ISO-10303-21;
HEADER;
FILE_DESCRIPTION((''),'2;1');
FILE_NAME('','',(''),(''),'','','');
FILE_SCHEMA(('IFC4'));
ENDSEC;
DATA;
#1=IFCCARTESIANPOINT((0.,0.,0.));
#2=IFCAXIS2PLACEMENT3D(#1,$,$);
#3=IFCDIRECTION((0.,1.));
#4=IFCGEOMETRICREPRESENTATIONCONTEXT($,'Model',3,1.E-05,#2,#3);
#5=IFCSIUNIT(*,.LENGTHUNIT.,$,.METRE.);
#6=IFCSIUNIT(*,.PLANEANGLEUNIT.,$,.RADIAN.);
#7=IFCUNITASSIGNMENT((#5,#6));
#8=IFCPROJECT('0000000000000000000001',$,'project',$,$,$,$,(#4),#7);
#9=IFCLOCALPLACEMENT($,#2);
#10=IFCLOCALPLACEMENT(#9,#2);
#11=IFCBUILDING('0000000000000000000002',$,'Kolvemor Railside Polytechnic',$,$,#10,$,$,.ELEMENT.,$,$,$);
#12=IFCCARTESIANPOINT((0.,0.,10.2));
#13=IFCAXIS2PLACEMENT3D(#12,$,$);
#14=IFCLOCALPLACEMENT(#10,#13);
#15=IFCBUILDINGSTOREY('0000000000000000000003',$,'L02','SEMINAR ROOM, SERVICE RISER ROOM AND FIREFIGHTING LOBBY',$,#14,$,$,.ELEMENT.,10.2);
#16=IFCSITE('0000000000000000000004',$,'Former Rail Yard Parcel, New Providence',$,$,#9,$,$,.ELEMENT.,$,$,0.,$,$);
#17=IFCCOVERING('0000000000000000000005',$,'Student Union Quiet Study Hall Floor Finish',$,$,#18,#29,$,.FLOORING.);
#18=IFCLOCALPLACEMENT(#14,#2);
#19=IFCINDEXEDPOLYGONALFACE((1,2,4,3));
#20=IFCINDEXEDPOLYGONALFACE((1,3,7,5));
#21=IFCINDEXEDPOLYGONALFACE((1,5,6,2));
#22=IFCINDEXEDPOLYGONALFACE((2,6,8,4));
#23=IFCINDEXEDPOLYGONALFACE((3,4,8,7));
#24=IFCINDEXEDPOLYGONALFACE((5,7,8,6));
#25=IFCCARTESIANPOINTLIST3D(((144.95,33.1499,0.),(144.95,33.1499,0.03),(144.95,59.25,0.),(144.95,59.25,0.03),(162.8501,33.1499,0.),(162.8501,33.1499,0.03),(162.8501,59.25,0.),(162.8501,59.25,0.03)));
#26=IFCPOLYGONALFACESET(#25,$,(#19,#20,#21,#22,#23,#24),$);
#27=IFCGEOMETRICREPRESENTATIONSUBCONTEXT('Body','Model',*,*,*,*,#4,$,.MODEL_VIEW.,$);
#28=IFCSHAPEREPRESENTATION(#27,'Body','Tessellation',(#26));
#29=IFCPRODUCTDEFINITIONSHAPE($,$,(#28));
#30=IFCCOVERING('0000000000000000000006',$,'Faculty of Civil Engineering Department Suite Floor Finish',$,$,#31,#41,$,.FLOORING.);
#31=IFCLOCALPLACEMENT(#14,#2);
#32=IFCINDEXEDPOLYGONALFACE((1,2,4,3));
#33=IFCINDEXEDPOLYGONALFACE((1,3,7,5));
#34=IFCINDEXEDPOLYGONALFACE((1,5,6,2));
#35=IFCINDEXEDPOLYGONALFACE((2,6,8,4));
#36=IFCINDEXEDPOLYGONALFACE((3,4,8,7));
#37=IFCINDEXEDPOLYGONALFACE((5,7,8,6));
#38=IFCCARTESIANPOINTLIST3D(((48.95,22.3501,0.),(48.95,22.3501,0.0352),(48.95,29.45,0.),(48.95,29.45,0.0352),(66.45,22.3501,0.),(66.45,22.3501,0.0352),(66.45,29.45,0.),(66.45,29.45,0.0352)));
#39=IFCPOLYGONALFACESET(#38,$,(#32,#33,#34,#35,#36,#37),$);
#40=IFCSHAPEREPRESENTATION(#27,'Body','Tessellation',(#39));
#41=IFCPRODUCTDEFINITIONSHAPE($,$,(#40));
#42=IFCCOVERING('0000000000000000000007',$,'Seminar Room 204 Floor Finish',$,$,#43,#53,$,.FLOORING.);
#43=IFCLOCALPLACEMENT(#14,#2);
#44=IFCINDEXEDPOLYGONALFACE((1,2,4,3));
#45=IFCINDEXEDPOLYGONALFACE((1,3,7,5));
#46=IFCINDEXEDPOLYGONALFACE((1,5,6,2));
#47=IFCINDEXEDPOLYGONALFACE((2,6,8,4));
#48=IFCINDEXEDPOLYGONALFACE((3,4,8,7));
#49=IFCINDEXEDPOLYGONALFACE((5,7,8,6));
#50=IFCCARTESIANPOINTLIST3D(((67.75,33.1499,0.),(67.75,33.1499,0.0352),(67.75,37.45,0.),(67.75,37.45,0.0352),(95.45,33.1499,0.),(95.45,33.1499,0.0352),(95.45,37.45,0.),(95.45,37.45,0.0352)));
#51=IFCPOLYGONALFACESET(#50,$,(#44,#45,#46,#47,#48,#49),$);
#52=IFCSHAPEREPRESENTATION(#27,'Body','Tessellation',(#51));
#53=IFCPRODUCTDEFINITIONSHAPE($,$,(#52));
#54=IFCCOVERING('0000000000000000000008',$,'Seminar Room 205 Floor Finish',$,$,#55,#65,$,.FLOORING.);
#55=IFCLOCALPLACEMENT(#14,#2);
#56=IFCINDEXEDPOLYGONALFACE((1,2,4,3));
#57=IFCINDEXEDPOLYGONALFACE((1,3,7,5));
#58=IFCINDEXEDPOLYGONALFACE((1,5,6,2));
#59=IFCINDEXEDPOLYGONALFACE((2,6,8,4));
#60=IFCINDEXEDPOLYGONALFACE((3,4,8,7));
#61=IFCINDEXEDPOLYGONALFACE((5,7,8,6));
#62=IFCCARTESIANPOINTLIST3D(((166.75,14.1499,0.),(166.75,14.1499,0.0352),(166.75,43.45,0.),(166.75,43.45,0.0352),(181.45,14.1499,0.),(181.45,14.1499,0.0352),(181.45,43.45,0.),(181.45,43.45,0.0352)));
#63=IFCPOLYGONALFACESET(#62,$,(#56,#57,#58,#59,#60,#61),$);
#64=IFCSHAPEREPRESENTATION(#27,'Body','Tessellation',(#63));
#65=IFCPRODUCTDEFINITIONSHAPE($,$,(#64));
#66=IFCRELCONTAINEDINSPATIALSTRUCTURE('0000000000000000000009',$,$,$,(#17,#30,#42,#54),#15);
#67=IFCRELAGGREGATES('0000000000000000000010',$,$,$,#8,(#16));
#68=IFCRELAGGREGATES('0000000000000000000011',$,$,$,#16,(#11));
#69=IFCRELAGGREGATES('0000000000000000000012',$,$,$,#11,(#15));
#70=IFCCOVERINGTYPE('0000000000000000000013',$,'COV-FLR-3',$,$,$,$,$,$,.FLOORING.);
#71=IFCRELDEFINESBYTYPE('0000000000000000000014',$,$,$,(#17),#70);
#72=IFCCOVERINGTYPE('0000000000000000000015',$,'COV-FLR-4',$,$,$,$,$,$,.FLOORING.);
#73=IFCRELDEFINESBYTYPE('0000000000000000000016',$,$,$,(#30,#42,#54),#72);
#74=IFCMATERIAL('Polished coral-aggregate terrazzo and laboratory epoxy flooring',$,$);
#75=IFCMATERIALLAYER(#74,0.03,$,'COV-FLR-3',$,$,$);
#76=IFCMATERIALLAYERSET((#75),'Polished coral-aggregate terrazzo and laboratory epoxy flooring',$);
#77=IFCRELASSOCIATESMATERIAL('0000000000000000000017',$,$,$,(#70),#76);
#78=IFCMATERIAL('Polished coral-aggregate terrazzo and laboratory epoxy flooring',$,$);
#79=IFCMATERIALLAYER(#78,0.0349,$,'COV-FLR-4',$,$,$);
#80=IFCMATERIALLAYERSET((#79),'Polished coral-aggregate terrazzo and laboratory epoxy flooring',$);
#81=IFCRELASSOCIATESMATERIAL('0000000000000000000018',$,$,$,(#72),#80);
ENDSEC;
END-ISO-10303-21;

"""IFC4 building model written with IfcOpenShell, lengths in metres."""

from ifc_helpers import new_model, si_unit, direction, frame, origin, place, context, subcontext, project, spatial, polyline, outline, extrude, material, layer, layer_set, type_object, element, save


model = new_model("IFC4")

# Units and contexts
model_context = context("Model", 3, precision=1e-05, world=origin(), true_north=direction((0.0, 1.0)))
body_context = subcontext(model_context, "Body", "Model", "MODEL_VIEW")
ifc_project = project(units=[si_unit("LENGTHUNIT", "METRE"), si_unit("PLANEANGLEUNIT", "RADIAN")], contexts=[model_context])

# Site, building, storey
site_placement = place(None, origin())
site = spatial("IfcSite", under=ifc_project, at=site_placement, Name="Former Rail Yard Parcel, New Providence", CompositionType="ELEMENT", RefElevation=0.0)
building_placement = place(site_placement, origin())
building = spatial("IfcBuilding", under=site, at=building_placement, Name="Kolvemor Railside Polytechnic", CompositionType="ELEMENT")
storey_placement = place(building_placement, frame((0.0, 0.0, 10.2)))
storey = spatial("IfcBuildingStorey", under=building, at=storey_placement, Name="L02", Description="SEMINAR ROOM, SERVICE RISER ROOM AND FIREFIGHTING LOBBY", CompositionType="ELEMENT", Elevation=10.2)

# Coverings
ifc_material_1 = material(Name="Polished coral-aggregate terrazzo and laboratory epoxy flooring")
ifc_layer_1 = layer(ifc_material_1, 0.03, Name="COV-FLR-3")
ifc_layer_set_1 = layer_set([ifc_layer_1], Name="Polished coral-aggregate terrazzo and laboratory epoxy flooring")
covering_type_1 = type_object("IfcCoveringType", Name="COV-FLR-3", PredefinedType="FLOORING", material=ifc_layer_set_1)
covering_1_placement = place(storey_placement, origin())
element("IfcCovering", 1, at=covering_1_placement, inside=storey, type_object=covering_type_1, Name="Student Union Quiet Study Hall Floor Finish", PredefinedType="FLOORING", context=body_context, shape_type="SweptSolid", body=[
    extrude(outline(polyline([(144.95, 33.1499), (162.8501, 33.1499), (162.8501, 59.25), (144.95, 59.25), (144.95, 33.1499)])), origin(), (0.0, 0.0, 1.0), 0.03),
])
ifc_material_2 = material(Name="Polished coral-aggregate terrazzo and laboratory epoxy flooring")
ifc_layer_2 = layer(ifc_material_2, 0.0349, Name="COV-FLR-4")
ifc_layer_set_2 = layer_set([ifc_layer_2], Name="Polished coral-aggregate terrazzo and laboratory epoxy flooring")
covering_type_2 = type_object("IfcCoveringType", Name="COV-FLR-4", PredefinedType="FLOORING", material=ifc_layer_set_2)
covering_2_placement = place(storey_placement, origin())
element("IfcCovering", 2, at=covering_2_placement, inside=storey, type_object=covering_type_2, Name="Faculty of Civil Engineering Department Suite Floor Finish", PredefinedType="FLOORING", context=body_context, shape_type="SweptSolid", body=[
    extrude(outline(polyline([(48.95, 22.3501), (66.45, 22.3501), (66.45, 29.45), (48.95, 29.45), (48.95, 22.3501)])), origin(), (0.0, 0.0, 1.0), 0.0352),
])
covering_3_placement = place(storey_placement, origin())
element("IfcCovering", 3, at=covering_3_placement, inside=storey, type_object=covering_type_2, Name="Seminar Room 204 Floor Finish", PredefinedType="FLOORING", context=body_context, shape_type="SweptSolid", body=[
    extrude(outline(polyline([(67.75, 33.1499), (95.45, 33.1499), (95.45, 37.45), (67.75, 37.45), (67.75, 33.1499)])), origin(), (0.0, 0.0, 1.0), 0.0352),
])
covering_4_placement = place(storey_placement, origin())
element("IfcCovering", 4, at=covering_4_placement, inside=storey, type_object=covering_type_2, Name="Seminar Room 205 Floor Finish", PredefinedType="FLOORING", context=body_context, shape_type="SweptSolid", body=[
    extrude(outline(polyline([(166.75, 14.1499), (181.45, 14.1499), (181.45, 43.45), (166.75, 43.45), (166.75, 14.1499)])), origin(), (0.0, 0.0, 1.0), 0.0352),
])

save(model, "model.ifc")
